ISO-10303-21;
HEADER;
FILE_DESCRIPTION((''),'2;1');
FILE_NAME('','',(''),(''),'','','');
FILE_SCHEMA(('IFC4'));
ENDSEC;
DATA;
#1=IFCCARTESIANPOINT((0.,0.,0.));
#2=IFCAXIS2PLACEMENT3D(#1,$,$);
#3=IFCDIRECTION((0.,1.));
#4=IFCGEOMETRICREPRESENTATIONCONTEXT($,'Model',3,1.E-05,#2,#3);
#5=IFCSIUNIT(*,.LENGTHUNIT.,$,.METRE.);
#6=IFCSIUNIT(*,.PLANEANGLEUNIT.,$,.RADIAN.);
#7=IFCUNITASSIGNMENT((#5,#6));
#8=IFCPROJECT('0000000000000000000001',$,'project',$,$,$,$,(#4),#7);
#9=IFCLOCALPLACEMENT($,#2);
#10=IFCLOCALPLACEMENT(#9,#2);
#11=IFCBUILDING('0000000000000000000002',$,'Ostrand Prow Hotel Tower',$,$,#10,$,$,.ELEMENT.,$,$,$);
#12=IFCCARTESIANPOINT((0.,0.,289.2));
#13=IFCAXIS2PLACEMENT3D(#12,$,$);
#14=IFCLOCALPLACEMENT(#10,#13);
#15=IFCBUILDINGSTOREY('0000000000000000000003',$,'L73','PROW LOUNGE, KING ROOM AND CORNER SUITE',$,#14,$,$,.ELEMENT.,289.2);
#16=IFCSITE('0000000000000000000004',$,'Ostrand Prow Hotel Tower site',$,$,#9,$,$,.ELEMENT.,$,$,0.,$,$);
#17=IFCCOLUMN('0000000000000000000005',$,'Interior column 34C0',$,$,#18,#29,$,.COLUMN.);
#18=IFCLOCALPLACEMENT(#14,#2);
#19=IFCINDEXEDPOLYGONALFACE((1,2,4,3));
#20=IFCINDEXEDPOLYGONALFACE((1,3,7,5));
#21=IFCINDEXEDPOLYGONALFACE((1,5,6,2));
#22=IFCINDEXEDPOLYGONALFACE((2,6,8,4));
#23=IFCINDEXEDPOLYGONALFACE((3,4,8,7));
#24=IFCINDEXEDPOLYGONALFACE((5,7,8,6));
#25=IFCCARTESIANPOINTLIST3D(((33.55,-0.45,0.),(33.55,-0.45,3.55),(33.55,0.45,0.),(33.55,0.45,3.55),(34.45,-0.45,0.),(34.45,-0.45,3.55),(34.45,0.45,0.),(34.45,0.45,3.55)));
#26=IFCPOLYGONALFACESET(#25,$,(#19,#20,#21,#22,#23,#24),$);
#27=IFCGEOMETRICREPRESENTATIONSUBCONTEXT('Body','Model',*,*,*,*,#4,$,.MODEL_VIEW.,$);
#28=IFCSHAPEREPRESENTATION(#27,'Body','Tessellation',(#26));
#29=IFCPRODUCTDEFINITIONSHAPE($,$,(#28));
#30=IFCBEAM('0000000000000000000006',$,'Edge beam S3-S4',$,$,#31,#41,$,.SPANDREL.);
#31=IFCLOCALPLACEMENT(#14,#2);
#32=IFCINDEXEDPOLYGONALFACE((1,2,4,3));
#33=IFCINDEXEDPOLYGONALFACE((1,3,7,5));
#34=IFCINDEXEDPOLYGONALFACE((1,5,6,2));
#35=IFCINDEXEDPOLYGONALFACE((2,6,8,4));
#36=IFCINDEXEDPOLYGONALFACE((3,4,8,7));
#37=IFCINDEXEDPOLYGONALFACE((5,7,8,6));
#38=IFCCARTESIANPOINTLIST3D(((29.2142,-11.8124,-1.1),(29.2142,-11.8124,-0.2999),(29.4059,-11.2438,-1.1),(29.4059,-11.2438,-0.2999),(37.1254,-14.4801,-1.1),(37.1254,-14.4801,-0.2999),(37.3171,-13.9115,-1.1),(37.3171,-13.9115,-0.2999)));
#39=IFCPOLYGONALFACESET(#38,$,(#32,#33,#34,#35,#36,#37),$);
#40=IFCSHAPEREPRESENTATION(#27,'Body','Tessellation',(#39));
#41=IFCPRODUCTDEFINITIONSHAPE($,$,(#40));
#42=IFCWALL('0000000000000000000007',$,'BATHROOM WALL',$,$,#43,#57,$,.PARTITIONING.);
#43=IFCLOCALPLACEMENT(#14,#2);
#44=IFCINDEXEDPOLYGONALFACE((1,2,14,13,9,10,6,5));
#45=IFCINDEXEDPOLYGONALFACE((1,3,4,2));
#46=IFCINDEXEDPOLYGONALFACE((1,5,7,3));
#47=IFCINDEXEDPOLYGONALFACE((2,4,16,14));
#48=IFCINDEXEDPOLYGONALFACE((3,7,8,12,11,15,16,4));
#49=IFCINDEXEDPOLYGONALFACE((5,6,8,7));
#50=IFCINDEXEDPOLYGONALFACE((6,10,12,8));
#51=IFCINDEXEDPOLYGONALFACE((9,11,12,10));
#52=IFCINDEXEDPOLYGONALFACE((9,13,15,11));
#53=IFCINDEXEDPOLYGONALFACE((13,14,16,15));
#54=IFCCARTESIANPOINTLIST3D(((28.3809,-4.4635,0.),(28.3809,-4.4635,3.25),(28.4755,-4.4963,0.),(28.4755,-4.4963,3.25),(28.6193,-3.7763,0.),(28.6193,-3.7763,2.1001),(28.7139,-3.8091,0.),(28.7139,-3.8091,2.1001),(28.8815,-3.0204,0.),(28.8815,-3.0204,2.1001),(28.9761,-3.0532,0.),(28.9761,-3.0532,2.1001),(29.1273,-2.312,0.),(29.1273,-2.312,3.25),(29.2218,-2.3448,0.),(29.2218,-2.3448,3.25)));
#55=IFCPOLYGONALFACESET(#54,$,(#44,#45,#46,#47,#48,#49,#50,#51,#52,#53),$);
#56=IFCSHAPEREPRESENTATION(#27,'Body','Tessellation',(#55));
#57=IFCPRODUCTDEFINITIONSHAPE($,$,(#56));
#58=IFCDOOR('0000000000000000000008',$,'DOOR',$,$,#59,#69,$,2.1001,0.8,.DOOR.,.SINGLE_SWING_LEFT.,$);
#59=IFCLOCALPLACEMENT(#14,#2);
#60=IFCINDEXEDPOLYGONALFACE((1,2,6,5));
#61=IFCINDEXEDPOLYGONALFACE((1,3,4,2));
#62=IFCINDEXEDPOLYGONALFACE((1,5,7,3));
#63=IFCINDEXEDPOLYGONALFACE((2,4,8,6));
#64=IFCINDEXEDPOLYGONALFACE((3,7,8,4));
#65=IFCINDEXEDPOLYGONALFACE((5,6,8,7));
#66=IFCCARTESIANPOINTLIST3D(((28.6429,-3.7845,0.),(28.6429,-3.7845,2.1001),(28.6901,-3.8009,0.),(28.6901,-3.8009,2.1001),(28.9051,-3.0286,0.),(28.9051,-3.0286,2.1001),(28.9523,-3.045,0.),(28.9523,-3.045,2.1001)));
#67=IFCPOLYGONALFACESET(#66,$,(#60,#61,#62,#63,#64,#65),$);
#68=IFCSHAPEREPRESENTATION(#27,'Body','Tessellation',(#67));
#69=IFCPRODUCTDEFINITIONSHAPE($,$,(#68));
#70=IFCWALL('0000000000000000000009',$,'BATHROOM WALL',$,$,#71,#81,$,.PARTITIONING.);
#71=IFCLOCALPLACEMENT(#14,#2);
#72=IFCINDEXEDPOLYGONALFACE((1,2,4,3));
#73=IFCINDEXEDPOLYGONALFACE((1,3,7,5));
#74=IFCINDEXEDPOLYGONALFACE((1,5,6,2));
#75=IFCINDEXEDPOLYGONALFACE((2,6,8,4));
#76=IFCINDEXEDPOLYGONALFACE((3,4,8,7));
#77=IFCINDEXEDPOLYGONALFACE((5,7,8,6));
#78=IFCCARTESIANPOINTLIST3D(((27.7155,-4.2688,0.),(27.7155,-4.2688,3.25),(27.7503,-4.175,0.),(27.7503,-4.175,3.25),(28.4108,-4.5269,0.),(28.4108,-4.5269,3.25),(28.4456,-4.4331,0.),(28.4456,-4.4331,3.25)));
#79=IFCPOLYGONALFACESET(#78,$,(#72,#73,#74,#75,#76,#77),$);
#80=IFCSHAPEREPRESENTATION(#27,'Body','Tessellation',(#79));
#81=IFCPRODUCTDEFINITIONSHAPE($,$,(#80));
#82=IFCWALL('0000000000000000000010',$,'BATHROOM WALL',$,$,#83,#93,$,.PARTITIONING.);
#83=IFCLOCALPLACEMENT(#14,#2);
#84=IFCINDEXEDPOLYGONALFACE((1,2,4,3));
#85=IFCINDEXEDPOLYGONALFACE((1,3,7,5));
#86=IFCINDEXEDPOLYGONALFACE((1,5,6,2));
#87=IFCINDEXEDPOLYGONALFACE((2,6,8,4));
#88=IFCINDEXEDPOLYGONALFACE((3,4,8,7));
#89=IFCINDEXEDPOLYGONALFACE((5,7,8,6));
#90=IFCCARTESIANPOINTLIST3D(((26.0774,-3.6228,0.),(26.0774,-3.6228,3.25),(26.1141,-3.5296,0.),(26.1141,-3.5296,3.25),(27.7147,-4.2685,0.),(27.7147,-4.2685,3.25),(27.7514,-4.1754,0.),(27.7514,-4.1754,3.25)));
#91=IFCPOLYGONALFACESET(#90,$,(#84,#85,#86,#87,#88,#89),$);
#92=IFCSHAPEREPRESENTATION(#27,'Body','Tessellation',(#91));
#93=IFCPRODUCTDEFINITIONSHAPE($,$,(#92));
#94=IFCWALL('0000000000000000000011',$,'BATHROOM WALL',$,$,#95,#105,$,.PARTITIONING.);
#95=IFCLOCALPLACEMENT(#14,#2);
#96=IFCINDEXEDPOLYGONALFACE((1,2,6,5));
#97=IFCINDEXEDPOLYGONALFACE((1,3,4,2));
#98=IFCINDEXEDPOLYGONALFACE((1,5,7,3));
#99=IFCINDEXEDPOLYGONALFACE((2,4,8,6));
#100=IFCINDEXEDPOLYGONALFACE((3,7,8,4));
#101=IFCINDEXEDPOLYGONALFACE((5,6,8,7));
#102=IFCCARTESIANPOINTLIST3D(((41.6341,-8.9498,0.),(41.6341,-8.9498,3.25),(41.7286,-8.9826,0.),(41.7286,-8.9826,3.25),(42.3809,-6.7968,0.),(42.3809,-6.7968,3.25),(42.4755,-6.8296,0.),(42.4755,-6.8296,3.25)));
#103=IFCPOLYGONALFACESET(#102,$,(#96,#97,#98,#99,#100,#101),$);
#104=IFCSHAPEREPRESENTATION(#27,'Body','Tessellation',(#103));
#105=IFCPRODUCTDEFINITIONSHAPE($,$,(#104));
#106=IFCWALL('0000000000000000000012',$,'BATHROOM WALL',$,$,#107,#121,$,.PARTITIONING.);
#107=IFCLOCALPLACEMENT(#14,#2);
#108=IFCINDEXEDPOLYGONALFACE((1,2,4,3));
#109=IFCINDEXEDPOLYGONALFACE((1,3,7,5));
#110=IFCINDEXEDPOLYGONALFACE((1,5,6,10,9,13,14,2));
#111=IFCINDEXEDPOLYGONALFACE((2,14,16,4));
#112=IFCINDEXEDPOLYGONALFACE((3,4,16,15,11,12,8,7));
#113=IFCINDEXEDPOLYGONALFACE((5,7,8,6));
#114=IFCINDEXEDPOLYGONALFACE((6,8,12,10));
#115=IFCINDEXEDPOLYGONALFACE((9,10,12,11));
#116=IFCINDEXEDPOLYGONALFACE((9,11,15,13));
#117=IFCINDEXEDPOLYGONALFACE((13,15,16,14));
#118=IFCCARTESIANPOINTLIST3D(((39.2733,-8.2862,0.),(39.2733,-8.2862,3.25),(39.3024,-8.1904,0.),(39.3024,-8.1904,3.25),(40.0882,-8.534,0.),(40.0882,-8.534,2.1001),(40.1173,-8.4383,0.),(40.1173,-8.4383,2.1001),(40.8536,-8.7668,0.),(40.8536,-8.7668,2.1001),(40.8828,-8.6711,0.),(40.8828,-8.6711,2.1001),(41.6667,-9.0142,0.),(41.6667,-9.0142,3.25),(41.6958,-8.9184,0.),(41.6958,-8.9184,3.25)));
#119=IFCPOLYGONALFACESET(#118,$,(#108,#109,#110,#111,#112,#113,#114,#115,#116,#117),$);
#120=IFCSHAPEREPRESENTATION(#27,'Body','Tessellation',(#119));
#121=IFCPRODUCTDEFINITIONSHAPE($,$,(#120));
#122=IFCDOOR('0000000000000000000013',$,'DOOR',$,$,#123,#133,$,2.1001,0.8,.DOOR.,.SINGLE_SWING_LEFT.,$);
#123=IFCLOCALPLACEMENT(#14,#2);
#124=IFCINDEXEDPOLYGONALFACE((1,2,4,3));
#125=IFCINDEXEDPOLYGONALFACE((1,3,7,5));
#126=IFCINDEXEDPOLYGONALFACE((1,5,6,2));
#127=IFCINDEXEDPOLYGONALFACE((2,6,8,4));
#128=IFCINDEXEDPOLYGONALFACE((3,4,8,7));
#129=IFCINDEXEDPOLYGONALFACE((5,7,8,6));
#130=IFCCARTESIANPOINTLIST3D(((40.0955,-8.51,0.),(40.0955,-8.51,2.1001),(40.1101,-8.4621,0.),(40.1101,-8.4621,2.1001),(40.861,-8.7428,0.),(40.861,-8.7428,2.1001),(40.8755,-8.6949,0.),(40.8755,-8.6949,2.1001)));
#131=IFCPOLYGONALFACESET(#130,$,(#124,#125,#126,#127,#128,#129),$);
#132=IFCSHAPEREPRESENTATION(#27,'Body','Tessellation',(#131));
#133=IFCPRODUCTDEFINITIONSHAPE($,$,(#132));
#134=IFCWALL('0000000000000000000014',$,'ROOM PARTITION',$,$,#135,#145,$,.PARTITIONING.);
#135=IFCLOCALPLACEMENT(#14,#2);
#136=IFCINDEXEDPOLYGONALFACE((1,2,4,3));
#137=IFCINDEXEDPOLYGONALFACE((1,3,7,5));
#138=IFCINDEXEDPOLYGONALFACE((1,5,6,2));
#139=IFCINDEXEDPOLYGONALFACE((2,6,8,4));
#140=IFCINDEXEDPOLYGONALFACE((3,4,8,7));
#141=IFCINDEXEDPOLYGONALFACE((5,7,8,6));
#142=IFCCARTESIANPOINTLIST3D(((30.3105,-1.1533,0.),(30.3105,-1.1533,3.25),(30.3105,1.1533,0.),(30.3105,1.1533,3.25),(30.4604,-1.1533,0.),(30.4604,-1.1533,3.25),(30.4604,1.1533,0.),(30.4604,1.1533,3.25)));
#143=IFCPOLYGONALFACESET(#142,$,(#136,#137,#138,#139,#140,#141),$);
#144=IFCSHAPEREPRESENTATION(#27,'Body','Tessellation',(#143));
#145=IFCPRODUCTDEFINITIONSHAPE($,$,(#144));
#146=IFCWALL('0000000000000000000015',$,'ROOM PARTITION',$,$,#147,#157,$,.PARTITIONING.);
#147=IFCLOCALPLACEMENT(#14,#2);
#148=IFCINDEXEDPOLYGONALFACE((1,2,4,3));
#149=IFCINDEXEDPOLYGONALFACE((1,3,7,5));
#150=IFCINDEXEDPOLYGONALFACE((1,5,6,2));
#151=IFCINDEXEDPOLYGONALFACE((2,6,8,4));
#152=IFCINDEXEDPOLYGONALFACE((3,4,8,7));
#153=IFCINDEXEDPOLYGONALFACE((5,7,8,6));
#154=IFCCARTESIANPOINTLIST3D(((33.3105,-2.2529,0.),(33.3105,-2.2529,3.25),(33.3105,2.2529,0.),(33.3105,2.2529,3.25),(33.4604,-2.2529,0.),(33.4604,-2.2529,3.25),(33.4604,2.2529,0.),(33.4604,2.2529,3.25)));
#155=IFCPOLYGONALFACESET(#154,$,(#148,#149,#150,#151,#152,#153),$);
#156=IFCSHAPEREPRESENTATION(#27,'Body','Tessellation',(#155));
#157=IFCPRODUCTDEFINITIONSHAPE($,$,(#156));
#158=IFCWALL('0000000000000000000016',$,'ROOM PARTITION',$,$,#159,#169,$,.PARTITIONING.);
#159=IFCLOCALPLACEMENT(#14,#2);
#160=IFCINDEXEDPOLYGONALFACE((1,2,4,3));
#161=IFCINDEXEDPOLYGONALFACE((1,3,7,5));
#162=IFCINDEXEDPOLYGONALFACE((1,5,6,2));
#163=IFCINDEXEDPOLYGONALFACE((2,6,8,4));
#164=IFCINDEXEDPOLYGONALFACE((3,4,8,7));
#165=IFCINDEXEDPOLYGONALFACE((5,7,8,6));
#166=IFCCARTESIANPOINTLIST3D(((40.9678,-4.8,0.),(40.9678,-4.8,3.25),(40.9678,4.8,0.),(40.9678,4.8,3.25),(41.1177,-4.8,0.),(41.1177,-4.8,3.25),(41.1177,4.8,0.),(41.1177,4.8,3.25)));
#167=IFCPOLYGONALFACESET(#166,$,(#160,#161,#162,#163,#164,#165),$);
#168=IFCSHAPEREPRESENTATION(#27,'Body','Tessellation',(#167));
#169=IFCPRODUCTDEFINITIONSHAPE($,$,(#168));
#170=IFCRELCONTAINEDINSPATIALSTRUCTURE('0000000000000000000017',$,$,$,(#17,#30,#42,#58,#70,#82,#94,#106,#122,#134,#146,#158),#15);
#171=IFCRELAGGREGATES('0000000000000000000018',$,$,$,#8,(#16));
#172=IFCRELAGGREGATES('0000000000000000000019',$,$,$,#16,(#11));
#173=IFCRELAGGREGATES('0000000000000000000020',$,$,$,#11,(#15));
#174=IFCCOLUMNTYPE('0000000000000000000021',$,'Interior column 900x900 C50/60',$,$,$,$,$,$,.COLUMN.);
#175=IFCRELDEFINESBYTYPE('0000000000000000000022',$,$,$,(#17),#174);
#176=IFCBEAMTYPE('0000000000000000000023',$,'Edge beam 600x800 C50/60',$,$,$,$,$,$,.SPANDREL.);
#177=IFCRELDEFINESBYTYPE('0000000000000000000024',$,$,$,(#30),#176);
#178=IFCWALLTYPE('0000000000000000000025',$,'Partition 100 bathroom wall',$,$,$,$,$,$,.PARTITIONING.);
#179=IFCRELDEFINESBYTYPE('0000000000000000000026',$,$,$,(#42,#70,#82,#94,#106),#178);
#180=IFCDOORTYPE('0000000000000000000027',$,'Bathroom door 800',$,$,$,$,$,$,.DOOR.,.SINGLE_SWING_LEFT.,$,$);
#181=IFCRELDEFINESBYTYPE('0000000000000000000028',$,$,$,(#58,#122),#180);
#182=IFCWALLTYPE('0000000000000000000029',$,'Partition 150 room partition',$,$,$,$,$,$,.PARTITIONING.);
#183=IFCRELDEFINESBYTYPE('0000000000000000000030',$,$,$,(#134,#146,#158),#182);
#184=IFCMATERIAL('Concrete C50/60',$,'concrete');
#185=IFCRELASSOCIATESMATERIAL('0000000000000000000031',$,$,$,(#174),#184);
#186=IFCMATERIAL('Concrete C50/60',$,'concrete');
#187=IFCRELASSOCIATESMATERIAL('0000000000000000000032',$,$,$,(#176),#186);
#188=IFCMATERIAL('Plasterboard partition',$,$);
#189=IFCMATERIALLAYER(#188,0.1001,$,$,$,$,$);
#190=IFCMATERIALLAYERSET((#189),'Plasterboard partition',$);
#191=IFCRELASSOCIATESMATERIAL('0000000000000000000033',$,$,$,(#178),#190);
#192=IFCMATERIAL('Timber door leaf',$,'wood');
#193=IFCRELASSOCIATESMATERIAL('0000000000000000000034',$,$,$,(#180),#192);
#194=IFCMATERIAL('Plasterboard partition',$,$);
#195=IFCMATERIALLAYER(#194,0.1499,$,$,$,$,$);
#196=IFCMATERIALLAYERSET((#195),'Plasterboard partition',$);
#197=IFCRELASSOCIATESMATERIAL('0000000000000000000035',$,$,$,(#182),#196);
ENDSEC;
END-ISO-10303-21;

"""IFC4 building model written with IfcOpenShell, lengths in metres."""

from ifc_helpers import new_model, si_unit, direction, frame, frame_2d, origin, origin_2d, place, context, subcontext, project, spatial, rectangle, extrude, material, layer, layer_set, material_profile, profile_set, type_object, element, fill, save


model = new_model("IFC4")

# Units and contexts
model_context = context("Model", 3, precision=1e-05, world=origin(), true_north=direction((0.0, 1.0)))
body_context = subcontext(model_context, "Body", "Model", "MODEL_VIEW")
ifc_project = project(units=[si_unit("LENGTHUNIT", "METRE"), si_unit("PLANEANGLEUNIT", "RADIAN")], contexts=[model_context])

# Site, building, storey
site_placement = place(None, origin())
site = spatial("IfcSite", under=ifc_project, at=site_placement, Name="Ostrand Prow Hotel Tower site", CompositionType="ELEMENT", RefElevation=0.0)
building_placement = place(site_placement, origin())
building = spatial("IfcBuilding", under=site, at=building_placement, Name="Ostrand Prow Hotel Tower", CompositionType="ELEMENT")
storey_placement = place(building_placement, frame((0.0, 0.0, 289.2)))
storey = spatial("IfcBuildingStorey", under=building, at=storey_placement, Name="L73", Description="PROW LOUNGE, KING ROOM AND CORNER SUITE", CompositionType="ELEMENT", Elevation=289.2)

# Column
ifc_material_1 = material(Name="Concrete C50/60", Category="concrete")
ifc_material_profile_1 = material_profile(ifc_material_1, rectangle(XDim=0.8999, YDim=0.8999, at=origin_2d()), Name="RC 900x900")
ifc_profile_set_1 = profile_set([ifc_material_profile_1], Name="Concrete C50/60")
column_type = type_object("IfcColumnType", Name="Interior column 900x900 C50/60", PredefinedType="COLUMN", material=ifc_profile_set_1)
column_placement = place(storey_placement, frame((34.0, 0.0, 0.0), z_axis=(0.0, 0.0, 1.0), x_axis=(1.0, 0.0, 0.0)))
element("IfcColumn", 1, at=column_placement, inside=storey, type_object=column_type, Name="Interior column 34C0", PredefinedType="COLUMN", context=body_context, shape_type="SweptSolid", body=[
    extrude(rectangle(XDim=0.8999, YDim=0.8999, at=origin_2d()), origin(), (0.0, 0.0, 1.0), 3.55),
])

# Beam
ifc_material_2 = material(Name="Concrete C50/60", Category="concrete")
ifc_material_profile_2 = material_profile(ifc_material_2, rectangle(XDim=0.6001, YDim=0.8, at=origin_2d()), Name="RC 600x800")
ifc_profile_set_2 = profile_set([ifc_material_profile_2], Name="Concrete C50/60")
beam_type = type_object("IfcBeamType", Name="Edge beam 600x800 C50/60", PredefinedType="SPANDREL", material=ifc_profile_set_2)
beam_placement = place(storey_placement, frame((29.3101, -11.5281, -0.7), z_axis=(0.947575, -0.319533, 0.0), x_axis=(0.319533, 0.947575, 0.0)))
element("IfcBeam", 2, at=beam_placement, inside=storey, type_object=beam_type, Name="Edge beam S3-S4", PredefinedType="SPANDREL", context=body_context, shape_type="SweptSolid", body=[
    extrude(rectangle(XDim=0.6001, YDim=0.8, at=origin_2d()), origin(), (0.0, 0.0, 1.0), 8.3489),
])

# Wall, opening, door
ifc_material_3 = material(Name="Plasterboard partition")
ifc_layer_1 = layer(ifc_material_3, 0.1001)
ifc_layer_set_1 = layer_set([ifc_layer_1], Name="Plasterboard partition")
wall_type_1 = type_object("IfcWallType", Name="Partition 100 bathroom wall", PredefinedType="PARTITIONING", material=ifc_layer_set_1)
wall_1_placement = place(storey_placement, frame((29.1746, -2.3284, 0.0), z_axis=(0.0, 0.0, 1.0), x_axis=(-0.327718, -0.944776, 0.0)))
wall_1 = element("IfcWall", 3, at=wall_1_placement, inside=storey, type_object=wall_type_1, Name="BATHROOM WALL", PredefinedType="PARTITIONING", context=body_context, shape_type="SweptSolid", body=[
    extrude(rectangle(XDim=2.2773, YDim=0.1001, at=frame_2d((1.1387, 0.0))), origin(), (0.0, 0.0, 1.0), 3.25),
])
opening_1_placement = place(wall_1_placement, frame((0.75, 0.0, 0.0)))
opening_1 = element("IfcOpeningElement", 4, at=opening_1_placement, cuts=wall_1, PredefinedType="OPENING", context=body_context, shape_type="SweptSolid", body=[
    extrude(rectangle(XDim=0.8, YDim=2.1001, at=frame_2d((0.3999, 1.05))), frame((0.0, 0.0601, 0.0), z_axis=(0.0, -1.0, 0.0), x_axis=(1.0, 0.0, 0.0)), (0.0, 0.0, 1.0), 0.1201),
])
ifc_material_4 = material(Name="Timber door leaf", Category="wood")
door_type_1 = type_object("IfcDoorType", Name="Bathroom door 800", OperationType="SINGLE_SWING_LEFT", PredefinedType="DOOR", material=ifc_material_4)
door_1_placement = place(opening_1_placement, origin())
door_1 = element("IfcDoor", 5, at=door_1_placement, inside=storey, type_object=door_type_1, Name="DOOR", OperationType="SINGLE_SWING_LEFT", OverallHeight=2.1001, OverallWidth=0.8, PredefinedType="DOOR", context=body_context, shape_type="SweptSolid", body=[
    extrude(rectangle(XDim=0.8, YDim=2.1001, at=frame_2d((0.3999, 1.05))), frame((0.0, 0.0249, 0.0), z_axis=(0.0, -1.0, 0.0), x_axis=(1.0, 0.0, 0.0)), (0.0, 0.0, 1.0), 0.05),
])
fill(opening_1, door_1)

# Walls
wall_2_placement = place(storey_placement, frame((28.4282, -4.48, 0.0), z_axis=(0.0, 0.0, 1.0), x_axis=(-0.937514, 0.347947, 0.0)))
element("IfcWall", 6, at=wall_2_placement, inside=storey, type_object=wall_type_1, Name="BATHROOM WALL", PredefinedType="PARTITIONING", context=body_context, shape_type="SweptSolid", body=[
    extrude(rectangle(XDim=0.7417, YDim=0.1001, at=frame_2d((0.3708, 0.0))), origin(), (0.0, 0.0, 1.0), 3.25),
])
wall_3_placement = place(storey_placement, frame((27.7329, -4.2219, 0.0), z_axis=(0.0, 0.0, 1.0), x_axis=(-0.930255, 0.366914, 0.0)))
element("IfcWall", 7, at=wall_3_placement, inside=storey, type_object=wall_type_1, Name="BATHROOM WALL", PredefinedType="PARTITIONING", context=body_context, shape_type="SweptSolid", body=[
    extrude(rectangle(XDim=1.76, YDim=0.1001, at=frame_2d((0.8799, 0.0))), origin(), (0.0, 0.0, 1.0), 3.25),
])
wall_4_placement = place(storey_placement, frame((42.4282, -6.8132, 0.0), z_axis=(0.0, 0.0, 1.0), x_axis=(-0.327743, -0.944767, 0.0)))
element("IfcWall", 8, at=wall_4_placement, inside=storey, type_object=wall_type_1, Name="BATHROOM WALL", PredefinedType="PARTITIONING", context=body_context, shape_type="SweptSolid", body=[
    extrude(rectangle(XDim=2.2788, YDim=0.1001, at=frame_2d((1.1394, 0.0))), origin(), (0.0, 0.0, 1.0), 3.25),
])

# Wall, opening, door
wall_5_placement = place(storey_placement, frame((41.6814, -8.9663, 0.0), z_axis=(0.0, 0.0, 1.0), x_axis=(-0.956724, 0.290999, 0.0)))
wall_5 = element("IfcWall", 9, at=wall_5_placement, inside=storey, type_object=wall_type_1, Name="BATHROOM WALL", PredefinedType="PARTITIONING", context=body_context, shape_type="SweptSolid", body=[
    extrude(rectangle(XDim=2.5017, YDim=0.1001, at=frame_2d((1.251, 0.0))), origin(), (0.0, 0.0, 1.0), 3.25),
])
opening_2_placement = place(wall_5_placement, frame((0.8501, 0.0, 0.0)))
opening_2 = element("IfcOpeningElement", 10, at=opening_2_placement, cuts=wall_5, PredefinedType="OPENING", context=body_context, shape_type="SweptSolid", body=[
    extrude(rectangle(XDim=0.8, YDim=2.1001, at=frame_2d((0.3999, 1.05))), frame((0.0, 0.0601, 0.0), z_axis=(0.0, -1.0, 0.0), x_axis=(1.0, 0.0, 0.0)), (0.0, 0.0, 1.0), 0.1201),
])
door_2_placement = place(opening_2_placement, origin())
door_2 = element("IfcDoor", 11, at=door_2_placement, inside=storey, type_object=door_type_1, Name="DOOR", OperationType="SINGLE_SWING_LEFT", OverallHeight=2.1001, OverallWidth=0.8, PredefinedType="DOOR", context=body_context, shape_type="SweptSolid", body=[
    extrude(rectangle(XDim=0.8, YDim=2.1001, at=frame_2d((0.3999, 1.05))), frame((0.0, 0.0249, 0.0), z_axis=(0.0, -1.0, 0.0), x_axis=(1.0, 0.0, 0.0)), (0.0, 0.0, 1.0), 0.05),
])
fill(opening_2, door_2)

# Walls
ifc_material_5 = material(Name="Plasterboard partition")
ifc_layer_2 = layer(ifc_material_5, 0.1499)
ifc_layer_set_2 = layer_set([ifc_layer_2], Name="Plasterboard partition")
wall_type_2 = type_object("IfcWallType", Name="Partition 150 room partition", PredefinedType="PARTITIONING", material=ifc_layer_set_2)
wall_6_placement = place(storey_placement, frame((30.3855, -1.1533, 0.0), z_axis=(0.0, 0.0, 1.0), x_axis=(0.0, 1.0, 0.0)))
element("IfcWall", 12, at=wall_6_placement, inside=storey, type_object=wall_type_2, Name="ROOM PARTITION", PredefinedType="PARTITIONING", context=body_context, shape_type="SweptSolid", body=[
    extrude(rectangle(XDim=2.3066, YDim=0.1499, at=frame_2d((1.1533, 0.0))), origin(), (0.0, 0.0, 1.0), 3.25),
])
wall_7_placement = place(storey_placement, frame((33.3855, -2.2529, 0.0), z_axis=(0.0, 0.0, 1.0), x_axis=(0.0, 1.0, 0.0)))
element("IfcWall", 13, at=wall_7_placement, inside=storey, type_object=wall_type_2, Name="ROOM PARTITION", PredefinedType="PARTITIONING", context=body_context, shape_type="SweptSolid", body=[
    extrude(rectangle(XDim=4.5059, YDim=0.1499, at=frame_2d((2.2529, 0.0))), origin(), (0.0, 0.0, 1.0), 3.25),
])
wall_8_placement = place(storey_placement, frame((41.0427, -4.8, 0.0), z_axis=(0.0, 0.0, 1.0), x_axis=(0.0, 1.0, 0.0)))
element("IfcWall", 14, at=wall_8_placement, inside=storey, type_object=wall_type_2, Name="ROOM PARTITION", PredefinedType="PARTITIONING", context=body_context, shape_type="SweptSolid", body=[
    extrude(rectangle(XDim=9.6001, YDim=0.1499, at=frame_2d((4.8, 0.0))), origin(), (0.0, 0.0, 1.0), 3.25),
])

save(model, "model.ifc")
